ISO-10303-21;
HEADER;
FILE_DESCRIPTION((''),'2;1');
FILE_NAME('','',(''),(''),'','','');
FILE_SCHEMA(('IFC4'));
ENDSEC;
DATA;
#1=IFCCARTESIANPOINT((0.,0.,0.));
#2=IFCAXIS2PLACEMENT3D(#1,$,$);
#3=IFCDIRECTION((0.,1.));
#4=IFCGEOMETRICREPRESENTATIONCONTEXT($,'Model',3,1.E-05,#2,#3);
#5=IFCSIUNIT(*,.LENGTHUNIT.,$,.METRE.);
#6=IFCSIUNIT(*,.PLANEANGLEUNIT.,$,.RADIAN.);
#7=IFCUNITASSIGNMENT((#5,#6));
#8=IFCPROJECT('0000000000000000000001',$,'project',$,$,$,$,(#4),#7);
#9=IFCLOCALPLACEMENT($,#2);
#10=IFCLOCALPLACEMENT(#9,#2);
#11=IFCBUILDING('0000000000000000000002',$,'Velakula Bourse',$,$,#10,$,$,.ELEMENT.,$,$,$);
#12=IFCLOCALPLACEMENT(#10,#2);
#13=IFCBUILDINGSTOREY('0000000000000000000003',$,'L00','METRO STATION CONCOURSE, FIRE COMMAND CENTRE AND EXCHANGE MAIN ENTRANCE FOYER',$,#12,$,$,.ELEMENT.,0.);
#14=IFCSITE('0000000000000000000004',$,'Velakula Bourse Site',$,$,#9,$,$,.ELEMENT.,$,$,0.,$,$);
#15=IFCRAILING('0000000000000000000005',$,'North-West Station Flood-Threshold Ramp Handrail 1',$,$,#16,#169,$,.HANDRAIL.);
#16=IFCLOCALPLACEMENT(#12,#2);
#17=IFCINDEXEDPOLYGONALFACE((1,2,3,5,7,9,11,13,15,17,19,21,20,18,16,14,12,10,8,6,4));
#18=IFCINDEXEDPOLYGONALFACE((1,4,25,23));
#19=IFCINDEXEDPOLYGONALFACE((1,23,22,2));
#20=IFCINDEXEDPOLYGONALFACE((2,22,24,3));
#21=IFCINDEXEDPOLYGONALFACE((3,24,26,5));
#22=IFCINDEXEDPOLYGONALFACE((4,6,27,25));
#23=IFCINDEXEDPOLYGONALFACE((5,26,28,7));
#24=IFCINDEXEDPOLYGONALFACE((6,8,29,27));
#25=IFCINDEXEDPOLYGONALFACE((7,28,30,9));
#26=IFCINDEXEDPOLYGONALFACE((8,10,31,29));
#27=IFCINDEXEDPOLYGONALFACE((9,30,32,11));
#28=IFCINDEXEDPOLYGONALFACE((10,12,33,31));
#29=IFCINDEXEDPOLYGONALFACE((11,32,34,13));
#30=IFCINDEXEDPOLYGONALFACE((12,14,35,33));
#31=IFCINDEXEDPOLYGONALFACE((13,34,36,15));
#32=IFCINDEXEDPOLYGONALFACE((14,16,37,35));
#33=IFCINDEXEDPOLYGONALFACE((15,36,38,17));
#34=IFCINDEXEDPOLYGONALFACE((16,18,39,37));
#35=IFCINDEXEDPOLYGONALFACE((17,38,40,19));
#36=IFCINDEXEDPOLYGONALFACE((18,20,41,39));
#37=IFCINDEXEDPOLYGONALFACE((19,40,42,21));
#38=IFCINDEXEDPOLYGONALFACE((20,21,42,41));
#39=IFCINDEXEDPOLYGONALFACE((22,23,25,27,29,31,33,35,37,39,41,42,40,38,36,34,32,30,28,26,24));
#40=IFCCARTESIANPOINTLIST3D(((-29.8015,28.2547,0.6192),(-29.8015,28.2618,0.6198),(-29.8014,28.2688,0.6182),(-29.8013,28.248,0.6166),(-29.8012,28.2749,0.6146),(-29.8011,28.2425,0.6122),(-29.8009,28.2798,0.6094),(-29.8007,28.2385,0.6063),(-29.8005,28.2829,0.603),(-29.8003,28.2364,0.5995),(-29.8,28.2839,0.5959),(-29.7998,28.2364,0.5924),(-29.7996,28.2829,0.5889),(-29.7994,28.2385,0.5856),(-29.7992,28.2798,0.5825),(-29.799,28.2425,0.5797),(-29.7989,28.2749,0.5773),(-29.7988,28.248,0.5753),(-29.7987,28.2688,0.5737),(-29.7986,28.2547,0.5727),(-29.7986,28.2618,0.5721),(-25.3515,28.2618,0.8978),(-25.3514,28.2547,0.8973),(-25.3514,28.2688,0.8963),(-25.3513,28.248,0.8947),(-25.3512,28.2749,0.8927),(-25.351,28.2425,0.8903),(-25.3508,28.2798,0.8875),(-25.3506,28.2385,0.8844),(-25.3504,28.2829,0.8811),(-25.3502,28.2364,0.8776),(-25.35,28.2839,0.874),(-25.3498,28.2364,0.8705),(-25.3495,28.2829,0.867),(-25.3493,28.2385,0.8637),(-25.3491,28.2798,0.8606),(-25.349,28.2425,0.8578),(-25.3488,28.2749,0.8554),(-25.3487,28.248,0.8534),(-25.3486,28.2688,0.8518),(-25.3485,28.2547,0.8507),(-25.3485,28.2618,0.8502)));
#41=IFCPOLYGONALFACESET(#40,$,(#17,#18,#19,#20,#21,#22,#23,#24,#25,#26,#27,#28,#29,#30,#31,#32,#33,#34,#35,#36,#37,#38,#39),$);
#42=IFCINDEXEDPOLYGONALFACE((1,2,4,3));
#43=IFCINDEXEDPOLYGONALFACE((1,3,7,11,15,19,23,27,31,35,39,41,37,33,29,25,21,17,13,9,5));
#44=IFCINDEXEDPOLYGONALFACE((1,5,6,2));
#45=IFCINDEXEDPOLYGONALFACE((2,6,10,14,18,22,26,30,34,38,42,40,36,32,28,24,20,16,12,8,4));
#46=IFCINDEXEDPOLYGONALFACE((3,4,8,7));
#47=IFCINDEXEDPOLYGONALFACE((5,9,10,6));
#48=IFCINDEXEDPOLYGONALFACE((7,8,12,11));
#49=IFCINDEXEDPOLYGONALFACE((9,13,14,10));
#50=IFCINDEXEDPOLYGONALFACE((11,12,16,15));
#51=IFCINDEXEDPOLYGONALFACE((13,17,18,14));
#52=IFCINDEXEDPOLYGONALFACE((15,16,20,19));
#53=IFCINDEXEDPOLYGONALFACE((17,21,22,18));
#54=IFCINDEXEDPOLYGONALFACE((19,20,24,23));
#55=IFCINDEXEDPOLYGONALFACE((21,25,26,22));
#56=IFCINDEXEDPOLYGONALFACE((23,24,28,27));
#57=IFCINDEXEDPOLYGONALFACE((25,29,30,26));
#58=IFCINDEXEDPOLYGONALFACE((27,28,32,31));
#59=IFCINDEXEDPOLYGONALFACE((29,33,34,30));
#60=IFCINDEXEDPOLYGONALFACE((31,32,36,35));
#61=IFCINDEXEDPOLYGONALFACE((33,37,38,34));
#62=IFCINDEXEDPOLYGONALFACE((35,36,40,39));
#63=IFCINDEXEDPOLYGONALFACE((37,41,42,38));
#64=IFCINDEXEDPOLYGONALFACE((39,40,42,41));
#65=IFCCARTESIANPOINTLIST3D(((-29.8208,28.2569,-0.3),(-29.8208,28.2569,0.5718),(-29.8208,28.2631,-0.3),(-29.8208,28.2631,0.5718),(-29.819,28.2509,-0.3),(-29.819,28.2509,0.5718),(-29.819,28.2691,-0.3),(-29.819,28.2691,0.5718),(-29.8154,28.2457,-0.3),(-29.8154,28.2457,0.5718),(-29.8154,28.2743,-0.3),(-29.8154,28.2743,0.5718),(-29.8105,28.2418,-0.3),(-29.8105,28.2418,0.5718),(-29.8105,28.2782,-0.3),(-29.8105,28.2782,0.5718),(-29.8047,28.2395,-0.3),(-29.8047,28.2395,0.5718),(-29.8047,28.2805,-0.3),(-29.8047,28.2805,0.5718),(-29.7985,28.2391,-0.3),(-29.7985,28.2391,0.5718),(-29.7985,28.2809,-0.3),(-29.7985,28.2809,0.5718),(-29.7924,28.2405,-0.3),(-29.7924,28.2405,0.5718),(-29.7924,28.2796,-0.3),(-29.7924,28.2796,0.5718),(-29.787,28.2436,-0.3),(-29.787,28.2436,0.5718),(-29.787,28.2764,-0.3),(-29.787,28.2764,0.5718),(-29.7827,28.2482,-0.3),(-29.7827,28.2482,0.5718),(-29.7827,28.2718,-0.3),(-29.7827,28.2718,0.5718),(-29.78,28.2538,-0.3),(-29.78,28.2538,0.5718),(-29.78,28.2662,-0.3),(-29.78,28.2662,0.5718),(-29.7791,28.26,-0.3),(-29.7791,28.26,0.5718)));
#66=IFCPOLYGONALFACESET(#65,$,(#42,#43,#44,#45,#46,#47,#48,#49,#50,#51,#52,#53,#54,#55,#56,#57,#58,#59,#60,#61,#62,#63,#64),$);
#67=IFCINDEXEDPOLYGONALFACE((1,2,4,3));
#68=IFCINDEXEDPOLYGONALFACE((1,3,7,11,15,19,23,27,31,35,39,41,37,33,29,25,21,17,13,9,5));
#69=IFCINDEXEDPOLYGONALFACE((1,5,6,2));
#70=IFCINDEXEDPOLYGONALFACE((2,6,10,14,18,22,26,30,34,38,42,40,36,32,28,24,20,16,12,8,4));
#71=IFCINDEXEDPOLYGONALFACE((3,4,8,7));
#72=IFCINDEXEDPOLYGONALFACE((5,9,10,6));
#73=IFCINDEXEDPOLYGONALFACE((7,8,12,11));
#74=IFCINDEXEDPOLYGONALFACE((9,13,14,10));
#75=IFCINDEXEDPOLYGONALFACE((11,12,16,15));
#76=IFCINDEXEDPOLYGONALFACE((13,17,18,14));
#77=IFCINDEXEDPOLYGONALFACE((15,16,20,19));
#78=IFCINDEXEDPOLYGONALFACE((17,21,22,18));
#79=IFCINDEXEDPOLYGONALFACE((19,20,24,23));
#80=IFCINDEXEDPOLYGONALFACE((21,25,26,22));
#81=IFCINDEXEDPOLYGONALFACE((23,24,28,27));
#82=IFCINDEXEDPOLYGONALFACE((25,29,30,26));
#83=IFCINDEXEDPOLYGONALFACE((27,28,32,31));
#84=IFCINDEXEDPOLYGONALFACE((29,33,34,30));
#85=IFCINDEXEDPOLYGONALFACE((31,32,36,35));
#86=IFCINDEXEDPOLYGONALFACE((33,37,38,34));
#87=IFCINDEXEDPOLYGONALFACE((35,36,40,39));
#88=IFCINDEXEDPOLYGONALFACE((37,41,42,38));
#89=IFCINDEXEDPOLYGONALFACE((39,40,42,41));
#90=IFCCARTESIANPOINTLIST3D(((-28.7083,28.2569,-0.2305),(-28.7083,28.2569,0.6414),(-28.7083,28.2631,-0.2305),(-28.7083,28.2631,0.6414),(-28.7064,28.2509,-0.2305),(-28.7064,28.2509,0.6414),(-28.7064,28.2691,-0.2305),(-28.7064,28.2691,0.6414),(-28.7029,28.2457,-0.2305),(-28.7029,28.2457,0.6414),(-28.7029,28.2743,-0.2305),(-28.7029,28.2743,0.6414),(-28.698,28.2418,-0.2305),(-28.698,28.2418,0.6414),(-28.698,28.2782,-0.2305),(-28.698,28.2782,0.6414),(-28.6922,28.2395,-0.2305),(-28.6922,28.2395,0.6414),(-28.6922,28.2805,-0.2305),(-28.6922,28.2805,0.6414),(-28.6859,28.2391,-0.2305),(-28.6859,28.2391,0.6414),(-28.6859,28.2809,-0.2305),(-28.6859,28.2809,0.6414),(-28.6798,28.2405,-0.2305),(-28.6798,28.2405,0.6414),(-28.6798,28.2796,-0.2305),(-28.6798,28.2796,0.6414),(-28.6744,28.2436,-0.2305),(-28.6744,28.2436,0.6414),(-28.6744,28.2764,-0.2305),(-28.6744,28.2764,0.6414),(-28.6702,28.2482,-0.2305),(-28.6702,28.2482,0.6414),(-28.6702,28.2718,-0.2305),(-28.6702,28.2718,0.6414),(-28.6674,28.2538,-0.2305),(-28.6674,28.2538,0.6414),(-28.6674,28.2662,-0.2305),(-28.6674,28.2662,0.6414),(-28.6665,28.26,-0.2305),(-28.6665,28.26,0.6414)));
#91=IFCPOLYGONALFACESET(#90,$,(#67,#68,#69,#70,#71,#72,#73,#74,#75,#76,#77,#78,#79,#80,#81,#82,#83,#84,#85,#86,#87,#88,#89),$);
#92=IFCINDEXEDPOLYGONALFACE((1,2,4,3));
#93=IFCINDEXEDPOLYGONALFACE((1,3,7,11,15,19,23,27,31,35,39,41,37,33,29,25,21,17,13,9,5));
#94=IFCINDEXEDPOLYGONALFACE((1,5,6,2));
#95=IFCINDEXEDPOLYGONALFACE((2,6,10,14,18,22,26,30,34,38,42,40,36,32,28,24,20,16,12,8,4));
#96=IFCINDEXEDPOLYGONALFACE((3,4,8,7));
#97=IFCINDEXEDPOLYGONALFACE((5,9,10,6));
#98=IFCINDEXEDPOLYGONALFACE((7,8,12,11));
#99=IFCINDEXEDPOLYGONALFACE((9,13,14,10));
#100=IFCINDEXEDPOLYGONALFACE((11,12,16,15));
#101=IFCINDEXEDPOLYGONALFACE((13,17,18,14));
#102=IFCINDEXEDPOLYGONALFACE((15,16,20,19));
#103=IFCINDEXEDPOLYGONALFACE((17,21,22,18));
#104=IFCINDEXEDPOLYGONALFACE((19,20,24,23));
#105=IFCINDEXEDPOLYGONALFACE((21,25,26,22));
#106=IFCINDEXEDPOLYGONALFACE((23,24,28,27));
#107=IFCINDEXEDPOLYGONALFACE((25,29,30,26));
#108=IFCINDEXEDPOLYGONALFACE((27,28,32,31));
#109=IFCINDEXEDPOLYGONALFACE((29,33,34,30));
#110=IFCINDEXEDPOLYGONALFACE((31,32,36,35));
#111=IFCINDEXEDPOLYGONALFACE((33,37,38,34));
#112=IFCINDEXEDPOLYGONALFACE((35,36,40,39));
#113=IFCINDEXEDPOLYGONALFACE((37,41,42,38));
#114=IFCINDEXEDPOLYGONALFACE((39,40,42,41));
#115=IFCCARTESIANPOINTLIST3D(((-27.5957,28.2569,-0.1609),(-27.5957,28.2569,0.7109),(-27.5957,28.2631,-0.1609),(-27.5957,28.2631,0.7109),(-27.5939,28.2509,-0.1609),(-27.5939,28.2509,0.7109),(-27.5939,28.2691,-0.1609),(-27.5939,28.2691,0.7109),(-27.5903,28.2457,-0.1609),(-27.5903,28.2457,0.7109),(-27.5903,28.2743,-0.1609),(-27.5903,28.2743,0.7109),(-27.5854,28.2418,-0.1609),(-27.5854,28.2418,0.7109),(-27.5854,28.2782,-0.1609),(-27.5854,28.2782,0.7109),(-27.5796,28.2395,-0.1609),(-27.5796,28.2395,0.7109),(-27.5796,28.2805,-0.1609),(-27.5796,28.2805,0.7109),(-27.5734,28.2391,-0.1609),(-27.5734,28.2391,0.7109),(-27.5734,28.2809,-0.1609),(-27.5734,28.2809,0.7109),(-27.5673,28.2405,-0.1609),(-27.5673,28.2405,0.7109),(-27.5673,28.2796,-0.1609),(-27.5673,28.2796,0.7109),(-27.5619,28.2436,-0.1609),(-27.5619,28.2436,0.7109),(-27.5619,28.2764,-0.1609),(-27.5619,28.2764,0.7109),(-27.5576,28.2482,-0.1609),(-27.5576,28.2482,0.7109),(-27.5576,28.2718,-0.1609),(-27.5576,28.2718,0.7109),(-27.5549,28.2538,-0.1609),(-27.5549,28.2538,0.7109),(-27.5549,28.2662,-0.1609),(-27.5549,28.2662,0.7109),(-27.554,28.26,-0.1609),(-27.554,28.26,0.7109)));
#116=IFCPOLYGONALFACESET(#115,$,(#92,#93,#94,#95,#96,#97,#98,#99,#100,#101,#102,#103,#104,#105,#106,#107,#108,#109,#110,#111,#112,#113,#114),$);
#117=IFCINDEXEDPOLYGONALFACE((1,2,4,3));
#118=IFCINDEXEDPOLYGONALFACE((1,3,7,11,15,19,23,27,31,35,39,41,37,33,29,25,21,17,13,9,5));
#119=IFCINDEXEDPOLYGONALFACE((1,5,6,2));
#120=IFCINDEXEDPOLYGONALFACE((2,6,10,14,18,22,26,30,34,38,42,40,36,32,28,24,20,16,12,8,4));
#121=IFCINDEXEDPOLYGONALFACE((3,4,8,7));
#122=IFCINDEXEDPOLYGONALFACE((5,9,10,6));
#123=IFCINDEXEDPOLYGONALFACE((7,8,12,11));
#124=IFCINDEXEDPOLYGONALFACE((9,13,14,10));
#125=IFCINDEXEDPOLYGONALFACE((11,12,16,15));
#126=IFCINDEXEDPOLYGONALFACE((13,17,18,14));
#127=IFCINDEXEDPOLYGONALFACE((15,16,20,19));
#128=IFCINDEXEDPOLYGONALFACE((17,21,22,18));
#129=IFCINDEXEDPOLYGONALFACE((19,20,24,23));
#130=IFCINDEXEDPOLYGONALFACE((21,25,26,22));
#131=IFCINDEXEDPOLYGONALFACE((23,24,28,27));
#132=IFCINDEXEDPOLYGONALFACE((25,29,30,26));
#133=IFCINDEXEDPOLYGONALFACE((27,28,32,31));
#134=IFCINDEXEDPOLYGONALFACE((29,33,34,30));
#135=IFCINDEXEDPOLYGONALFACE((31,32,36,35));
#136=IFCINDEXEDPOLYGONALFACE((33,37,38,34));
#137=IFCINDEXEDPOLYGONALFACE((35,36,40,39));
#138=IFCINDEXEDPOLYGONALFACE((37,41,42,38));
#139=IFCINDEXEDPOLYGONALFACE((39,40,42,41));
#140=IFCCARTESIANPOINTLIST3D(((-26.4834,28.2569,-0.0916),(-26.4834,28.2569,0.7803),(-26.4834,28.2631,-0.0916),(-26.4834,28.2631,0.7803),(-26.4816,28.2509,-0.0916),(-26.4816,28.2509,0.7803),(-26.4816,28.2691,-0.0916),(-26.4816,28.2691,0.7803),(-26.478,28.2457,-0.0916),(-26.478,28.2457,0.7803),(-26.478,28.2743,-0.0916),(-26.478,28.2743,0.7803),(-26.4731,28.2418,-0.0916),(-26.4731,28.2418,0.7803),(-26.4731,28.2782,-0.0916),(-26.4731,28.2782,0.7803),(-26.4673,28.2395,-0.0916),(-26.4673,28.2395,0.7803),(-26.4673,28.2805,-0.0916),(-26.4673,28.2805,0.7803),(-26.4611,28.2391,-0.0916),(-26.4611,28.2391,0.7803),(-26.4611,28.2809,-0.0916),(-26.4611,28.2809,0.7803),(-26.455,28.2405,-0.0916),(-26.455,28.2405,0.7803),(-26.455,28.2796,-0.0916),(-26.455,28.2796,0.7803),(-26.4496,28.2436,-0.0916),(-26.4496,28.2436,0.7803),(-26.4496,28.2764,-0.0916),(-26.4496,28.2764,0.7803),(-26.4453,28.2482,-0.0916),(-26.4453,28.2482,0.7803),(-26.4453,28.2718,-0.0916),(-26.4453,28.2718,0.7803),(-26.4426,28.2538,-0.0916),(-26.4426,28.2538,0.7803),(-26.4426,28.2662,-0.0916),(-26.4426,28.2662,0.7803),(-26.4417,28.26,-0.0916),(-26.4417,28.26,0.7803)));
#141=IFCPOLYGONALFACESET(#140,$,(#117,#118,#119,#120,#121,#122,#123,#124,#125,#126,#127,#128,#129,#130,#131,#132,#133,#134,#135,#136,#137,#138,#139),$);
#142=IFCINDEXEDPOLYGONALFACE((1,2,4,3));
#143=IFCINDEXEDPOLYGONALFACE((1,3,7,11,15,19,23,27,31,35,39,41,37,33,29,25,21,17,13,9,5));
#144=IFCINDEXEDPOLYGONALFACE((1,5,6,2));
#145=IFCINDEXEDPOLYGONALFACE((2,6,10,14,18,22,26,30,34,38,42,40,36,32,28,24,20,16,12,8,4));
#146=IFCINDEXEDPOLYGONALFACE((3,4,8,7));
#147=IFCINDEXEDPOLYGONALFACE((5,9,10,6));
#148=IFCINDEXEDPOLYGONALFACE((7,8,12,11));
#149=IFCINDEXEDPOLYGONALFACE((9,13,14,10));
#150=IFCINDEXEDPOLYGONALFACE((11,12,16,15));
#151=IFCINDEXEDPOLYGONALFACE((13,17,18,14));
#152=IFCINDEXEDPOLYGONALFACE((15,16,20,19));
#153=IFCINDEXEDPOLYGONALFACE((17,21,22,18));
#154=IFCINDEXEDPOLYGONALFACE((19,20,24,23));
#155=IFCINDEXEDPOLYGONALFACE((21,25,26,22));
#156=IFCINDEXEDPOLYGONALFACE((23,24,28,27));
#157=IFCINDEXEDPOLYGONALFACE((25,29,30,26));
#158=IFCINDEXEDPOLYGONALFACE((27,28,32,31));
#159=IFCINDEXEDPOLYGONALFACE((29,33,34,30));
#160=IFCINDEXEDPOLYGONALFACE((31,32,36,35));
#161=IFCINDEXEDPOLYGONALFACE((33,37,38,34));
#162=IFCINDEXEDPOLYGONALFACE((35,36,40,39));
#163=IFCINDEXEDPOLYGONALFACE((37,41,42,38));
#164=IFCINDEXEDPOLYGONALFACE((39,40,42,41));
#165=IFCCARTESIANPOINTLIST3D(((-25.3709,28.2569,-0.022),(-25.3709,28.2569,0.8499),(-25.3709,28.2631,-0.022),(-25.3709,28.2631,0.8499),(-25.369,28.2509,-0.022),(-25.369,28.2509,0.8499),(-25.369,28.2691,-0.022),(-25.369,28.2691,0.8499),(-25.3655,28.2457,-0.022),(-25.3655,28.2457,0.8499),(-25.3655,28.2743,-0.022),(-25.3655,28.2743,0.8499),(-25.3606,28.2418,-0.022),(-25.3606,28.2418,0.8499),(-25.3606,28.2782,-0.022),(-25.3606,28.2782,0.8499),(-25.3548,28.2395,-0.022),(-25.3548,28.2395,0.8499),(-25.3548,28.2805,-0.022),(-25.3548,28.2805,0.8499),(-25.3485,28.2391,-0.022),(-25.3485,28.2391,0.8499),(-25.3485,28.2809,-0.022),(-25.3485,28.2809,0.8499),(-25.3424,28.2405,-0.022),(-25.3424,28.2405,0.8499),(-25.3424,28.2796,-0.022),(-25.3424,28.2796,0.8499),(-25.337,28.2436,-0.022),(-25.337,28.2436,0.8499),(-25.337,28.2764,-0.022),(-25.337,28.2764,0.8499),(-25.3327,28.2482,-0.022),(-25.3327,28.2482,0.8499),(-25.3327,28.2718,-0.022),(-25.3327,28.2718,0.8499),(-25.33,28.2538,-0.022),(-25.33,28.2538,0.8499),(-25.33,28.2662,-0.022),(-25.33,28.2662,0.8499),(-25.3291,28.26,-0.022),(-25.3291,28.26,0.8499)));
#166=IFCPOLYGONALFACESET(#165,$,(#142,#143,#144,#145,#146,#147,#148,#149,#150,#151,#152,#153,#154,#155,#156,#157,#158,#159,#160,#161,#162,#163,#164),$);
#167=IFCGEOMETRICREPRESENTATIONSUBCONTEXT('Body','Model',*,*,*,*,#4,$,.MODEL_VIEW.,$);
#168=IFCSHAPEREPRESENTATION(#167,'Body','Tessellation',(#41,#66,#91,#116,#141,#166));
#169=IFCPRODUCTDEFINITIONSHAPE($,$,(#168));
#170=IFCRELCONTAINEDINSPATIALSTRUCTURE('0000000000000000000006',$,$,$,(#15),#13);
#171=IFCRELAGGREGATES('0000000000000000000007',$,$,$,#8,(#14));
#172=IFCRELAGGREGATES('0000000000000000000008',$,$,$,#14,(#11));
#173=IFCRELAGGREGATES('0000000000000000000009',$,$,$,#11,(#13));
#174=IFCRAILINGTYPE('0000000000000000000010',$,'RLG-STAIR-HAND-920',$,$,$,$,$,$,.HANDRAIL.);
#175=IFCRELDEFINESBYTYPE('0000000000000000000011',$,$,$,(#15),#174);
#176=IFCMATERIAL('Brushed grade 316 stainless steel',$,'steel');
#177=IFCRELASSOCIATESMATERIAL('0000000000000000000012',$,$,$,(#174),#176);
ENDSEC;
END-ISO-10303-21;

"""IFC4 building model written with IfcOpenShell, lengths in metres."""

from ifc_helpers import new_model, si_unit, direction, frame, origin, origin_2d, place, context, subcontext, project, spatial, circle, extrude, material, type_object, element, save


model = new_model("IFC4")

# Units and contexts
model_context = context("Model", 3, precision=1e-05, world=origin(), true_north=direction((0.0, 1.0)))
body_context = subcontext(model_context, "Body", "Model", "MODEL_VIEW")
ifc_project = project(units=[si_unit("LENGTHUNIT", "METRE"), si_unit("PLANEANGLEUNIT", "RADIAN")], contexts=[model_context])

# Site, building, storey
site_placement = place(None, origin())
site = spatial("IfcSite", under=ifc_project, at=site_placement, Name="Velakula Bourse Site", CompositionType="ELEMENT", RefElevation=0.0)
building_placement = place(site_placement, origin())
building = spatial("IfcBuilding", under=site, at=building_placement, Name="Velakula Bourse", CompositionType="ELEMENT")
storey_placement = place(building_placement, origin())
storey = spatial("IfcBuildingStorey", under=building, at=storey_placement, Name="L00", Description="METRO STATION CONCOURSE, FIRE COMMAND CENTRE AND EXCHANGE MAIN ENTRANCE FOYER", CompositionType="ELEMENT", Elevation=0.0)

# Railing
ifc_material_1 = material(Name="Brushed grade 316 stainless steel", Category="steel")
railing_type = type_object("IfcRailingType", Name="RLG-STAIR-HAND-920", PredefinedType="HANDRAIL", material=ifc_material_1)
for number, where, name in (
    (1, (-29.8, 28.26, -0.3), "North-West Station Flood-Threshold Ramp Handrail 1"),
):
    element("IfcRailing", number, at=place(storey_placement, frame(where)), inside=storey, type_object=railing_type, Name=name, PredefinedType="HANDRAIL", context=body_context, shape_type="SweptSolid", body=[
        extrude(circle(Radius=0.0239, at=origin_2d()), frame((0.0, 0.0, 0.896), z_axis=(0.998053, 0.0, 0.062368), x_axis=(0.0, 1.0, 0.0)), (0.0, 0.0, 1.0), 4.4587),
        extrude(circle(Radius=0.021, at=origin_2d()), origin(), (0.0, 0.0, 1.0), 0.8718),
        extrude(circle(Radius=0.021, at=origin_2d()), frame((1.1125, 0.0, 0.0696)), (0.0, 0.0, 1.0), 0.8718),
        extrude(circle(Radius=0.021, at=origin_2d()), frame((2.2251, 0.0, 0.1392)), (0.0, 0.0, 1.0), 0.8718),
        extrude(circle(Radius=0.021, at=origin_2d()), frame((3.3374, 0.0, 0.2085)), (0.0, 0.0, 1.0), 0.8718),
        extrude(circle(Radius=0.021, at=origin_2d()), frame((4.45, 0.0, 0.2781)), (0.0, 0.0, 1.0), 0.8718),
    ])

save(model, "model.ifc")
